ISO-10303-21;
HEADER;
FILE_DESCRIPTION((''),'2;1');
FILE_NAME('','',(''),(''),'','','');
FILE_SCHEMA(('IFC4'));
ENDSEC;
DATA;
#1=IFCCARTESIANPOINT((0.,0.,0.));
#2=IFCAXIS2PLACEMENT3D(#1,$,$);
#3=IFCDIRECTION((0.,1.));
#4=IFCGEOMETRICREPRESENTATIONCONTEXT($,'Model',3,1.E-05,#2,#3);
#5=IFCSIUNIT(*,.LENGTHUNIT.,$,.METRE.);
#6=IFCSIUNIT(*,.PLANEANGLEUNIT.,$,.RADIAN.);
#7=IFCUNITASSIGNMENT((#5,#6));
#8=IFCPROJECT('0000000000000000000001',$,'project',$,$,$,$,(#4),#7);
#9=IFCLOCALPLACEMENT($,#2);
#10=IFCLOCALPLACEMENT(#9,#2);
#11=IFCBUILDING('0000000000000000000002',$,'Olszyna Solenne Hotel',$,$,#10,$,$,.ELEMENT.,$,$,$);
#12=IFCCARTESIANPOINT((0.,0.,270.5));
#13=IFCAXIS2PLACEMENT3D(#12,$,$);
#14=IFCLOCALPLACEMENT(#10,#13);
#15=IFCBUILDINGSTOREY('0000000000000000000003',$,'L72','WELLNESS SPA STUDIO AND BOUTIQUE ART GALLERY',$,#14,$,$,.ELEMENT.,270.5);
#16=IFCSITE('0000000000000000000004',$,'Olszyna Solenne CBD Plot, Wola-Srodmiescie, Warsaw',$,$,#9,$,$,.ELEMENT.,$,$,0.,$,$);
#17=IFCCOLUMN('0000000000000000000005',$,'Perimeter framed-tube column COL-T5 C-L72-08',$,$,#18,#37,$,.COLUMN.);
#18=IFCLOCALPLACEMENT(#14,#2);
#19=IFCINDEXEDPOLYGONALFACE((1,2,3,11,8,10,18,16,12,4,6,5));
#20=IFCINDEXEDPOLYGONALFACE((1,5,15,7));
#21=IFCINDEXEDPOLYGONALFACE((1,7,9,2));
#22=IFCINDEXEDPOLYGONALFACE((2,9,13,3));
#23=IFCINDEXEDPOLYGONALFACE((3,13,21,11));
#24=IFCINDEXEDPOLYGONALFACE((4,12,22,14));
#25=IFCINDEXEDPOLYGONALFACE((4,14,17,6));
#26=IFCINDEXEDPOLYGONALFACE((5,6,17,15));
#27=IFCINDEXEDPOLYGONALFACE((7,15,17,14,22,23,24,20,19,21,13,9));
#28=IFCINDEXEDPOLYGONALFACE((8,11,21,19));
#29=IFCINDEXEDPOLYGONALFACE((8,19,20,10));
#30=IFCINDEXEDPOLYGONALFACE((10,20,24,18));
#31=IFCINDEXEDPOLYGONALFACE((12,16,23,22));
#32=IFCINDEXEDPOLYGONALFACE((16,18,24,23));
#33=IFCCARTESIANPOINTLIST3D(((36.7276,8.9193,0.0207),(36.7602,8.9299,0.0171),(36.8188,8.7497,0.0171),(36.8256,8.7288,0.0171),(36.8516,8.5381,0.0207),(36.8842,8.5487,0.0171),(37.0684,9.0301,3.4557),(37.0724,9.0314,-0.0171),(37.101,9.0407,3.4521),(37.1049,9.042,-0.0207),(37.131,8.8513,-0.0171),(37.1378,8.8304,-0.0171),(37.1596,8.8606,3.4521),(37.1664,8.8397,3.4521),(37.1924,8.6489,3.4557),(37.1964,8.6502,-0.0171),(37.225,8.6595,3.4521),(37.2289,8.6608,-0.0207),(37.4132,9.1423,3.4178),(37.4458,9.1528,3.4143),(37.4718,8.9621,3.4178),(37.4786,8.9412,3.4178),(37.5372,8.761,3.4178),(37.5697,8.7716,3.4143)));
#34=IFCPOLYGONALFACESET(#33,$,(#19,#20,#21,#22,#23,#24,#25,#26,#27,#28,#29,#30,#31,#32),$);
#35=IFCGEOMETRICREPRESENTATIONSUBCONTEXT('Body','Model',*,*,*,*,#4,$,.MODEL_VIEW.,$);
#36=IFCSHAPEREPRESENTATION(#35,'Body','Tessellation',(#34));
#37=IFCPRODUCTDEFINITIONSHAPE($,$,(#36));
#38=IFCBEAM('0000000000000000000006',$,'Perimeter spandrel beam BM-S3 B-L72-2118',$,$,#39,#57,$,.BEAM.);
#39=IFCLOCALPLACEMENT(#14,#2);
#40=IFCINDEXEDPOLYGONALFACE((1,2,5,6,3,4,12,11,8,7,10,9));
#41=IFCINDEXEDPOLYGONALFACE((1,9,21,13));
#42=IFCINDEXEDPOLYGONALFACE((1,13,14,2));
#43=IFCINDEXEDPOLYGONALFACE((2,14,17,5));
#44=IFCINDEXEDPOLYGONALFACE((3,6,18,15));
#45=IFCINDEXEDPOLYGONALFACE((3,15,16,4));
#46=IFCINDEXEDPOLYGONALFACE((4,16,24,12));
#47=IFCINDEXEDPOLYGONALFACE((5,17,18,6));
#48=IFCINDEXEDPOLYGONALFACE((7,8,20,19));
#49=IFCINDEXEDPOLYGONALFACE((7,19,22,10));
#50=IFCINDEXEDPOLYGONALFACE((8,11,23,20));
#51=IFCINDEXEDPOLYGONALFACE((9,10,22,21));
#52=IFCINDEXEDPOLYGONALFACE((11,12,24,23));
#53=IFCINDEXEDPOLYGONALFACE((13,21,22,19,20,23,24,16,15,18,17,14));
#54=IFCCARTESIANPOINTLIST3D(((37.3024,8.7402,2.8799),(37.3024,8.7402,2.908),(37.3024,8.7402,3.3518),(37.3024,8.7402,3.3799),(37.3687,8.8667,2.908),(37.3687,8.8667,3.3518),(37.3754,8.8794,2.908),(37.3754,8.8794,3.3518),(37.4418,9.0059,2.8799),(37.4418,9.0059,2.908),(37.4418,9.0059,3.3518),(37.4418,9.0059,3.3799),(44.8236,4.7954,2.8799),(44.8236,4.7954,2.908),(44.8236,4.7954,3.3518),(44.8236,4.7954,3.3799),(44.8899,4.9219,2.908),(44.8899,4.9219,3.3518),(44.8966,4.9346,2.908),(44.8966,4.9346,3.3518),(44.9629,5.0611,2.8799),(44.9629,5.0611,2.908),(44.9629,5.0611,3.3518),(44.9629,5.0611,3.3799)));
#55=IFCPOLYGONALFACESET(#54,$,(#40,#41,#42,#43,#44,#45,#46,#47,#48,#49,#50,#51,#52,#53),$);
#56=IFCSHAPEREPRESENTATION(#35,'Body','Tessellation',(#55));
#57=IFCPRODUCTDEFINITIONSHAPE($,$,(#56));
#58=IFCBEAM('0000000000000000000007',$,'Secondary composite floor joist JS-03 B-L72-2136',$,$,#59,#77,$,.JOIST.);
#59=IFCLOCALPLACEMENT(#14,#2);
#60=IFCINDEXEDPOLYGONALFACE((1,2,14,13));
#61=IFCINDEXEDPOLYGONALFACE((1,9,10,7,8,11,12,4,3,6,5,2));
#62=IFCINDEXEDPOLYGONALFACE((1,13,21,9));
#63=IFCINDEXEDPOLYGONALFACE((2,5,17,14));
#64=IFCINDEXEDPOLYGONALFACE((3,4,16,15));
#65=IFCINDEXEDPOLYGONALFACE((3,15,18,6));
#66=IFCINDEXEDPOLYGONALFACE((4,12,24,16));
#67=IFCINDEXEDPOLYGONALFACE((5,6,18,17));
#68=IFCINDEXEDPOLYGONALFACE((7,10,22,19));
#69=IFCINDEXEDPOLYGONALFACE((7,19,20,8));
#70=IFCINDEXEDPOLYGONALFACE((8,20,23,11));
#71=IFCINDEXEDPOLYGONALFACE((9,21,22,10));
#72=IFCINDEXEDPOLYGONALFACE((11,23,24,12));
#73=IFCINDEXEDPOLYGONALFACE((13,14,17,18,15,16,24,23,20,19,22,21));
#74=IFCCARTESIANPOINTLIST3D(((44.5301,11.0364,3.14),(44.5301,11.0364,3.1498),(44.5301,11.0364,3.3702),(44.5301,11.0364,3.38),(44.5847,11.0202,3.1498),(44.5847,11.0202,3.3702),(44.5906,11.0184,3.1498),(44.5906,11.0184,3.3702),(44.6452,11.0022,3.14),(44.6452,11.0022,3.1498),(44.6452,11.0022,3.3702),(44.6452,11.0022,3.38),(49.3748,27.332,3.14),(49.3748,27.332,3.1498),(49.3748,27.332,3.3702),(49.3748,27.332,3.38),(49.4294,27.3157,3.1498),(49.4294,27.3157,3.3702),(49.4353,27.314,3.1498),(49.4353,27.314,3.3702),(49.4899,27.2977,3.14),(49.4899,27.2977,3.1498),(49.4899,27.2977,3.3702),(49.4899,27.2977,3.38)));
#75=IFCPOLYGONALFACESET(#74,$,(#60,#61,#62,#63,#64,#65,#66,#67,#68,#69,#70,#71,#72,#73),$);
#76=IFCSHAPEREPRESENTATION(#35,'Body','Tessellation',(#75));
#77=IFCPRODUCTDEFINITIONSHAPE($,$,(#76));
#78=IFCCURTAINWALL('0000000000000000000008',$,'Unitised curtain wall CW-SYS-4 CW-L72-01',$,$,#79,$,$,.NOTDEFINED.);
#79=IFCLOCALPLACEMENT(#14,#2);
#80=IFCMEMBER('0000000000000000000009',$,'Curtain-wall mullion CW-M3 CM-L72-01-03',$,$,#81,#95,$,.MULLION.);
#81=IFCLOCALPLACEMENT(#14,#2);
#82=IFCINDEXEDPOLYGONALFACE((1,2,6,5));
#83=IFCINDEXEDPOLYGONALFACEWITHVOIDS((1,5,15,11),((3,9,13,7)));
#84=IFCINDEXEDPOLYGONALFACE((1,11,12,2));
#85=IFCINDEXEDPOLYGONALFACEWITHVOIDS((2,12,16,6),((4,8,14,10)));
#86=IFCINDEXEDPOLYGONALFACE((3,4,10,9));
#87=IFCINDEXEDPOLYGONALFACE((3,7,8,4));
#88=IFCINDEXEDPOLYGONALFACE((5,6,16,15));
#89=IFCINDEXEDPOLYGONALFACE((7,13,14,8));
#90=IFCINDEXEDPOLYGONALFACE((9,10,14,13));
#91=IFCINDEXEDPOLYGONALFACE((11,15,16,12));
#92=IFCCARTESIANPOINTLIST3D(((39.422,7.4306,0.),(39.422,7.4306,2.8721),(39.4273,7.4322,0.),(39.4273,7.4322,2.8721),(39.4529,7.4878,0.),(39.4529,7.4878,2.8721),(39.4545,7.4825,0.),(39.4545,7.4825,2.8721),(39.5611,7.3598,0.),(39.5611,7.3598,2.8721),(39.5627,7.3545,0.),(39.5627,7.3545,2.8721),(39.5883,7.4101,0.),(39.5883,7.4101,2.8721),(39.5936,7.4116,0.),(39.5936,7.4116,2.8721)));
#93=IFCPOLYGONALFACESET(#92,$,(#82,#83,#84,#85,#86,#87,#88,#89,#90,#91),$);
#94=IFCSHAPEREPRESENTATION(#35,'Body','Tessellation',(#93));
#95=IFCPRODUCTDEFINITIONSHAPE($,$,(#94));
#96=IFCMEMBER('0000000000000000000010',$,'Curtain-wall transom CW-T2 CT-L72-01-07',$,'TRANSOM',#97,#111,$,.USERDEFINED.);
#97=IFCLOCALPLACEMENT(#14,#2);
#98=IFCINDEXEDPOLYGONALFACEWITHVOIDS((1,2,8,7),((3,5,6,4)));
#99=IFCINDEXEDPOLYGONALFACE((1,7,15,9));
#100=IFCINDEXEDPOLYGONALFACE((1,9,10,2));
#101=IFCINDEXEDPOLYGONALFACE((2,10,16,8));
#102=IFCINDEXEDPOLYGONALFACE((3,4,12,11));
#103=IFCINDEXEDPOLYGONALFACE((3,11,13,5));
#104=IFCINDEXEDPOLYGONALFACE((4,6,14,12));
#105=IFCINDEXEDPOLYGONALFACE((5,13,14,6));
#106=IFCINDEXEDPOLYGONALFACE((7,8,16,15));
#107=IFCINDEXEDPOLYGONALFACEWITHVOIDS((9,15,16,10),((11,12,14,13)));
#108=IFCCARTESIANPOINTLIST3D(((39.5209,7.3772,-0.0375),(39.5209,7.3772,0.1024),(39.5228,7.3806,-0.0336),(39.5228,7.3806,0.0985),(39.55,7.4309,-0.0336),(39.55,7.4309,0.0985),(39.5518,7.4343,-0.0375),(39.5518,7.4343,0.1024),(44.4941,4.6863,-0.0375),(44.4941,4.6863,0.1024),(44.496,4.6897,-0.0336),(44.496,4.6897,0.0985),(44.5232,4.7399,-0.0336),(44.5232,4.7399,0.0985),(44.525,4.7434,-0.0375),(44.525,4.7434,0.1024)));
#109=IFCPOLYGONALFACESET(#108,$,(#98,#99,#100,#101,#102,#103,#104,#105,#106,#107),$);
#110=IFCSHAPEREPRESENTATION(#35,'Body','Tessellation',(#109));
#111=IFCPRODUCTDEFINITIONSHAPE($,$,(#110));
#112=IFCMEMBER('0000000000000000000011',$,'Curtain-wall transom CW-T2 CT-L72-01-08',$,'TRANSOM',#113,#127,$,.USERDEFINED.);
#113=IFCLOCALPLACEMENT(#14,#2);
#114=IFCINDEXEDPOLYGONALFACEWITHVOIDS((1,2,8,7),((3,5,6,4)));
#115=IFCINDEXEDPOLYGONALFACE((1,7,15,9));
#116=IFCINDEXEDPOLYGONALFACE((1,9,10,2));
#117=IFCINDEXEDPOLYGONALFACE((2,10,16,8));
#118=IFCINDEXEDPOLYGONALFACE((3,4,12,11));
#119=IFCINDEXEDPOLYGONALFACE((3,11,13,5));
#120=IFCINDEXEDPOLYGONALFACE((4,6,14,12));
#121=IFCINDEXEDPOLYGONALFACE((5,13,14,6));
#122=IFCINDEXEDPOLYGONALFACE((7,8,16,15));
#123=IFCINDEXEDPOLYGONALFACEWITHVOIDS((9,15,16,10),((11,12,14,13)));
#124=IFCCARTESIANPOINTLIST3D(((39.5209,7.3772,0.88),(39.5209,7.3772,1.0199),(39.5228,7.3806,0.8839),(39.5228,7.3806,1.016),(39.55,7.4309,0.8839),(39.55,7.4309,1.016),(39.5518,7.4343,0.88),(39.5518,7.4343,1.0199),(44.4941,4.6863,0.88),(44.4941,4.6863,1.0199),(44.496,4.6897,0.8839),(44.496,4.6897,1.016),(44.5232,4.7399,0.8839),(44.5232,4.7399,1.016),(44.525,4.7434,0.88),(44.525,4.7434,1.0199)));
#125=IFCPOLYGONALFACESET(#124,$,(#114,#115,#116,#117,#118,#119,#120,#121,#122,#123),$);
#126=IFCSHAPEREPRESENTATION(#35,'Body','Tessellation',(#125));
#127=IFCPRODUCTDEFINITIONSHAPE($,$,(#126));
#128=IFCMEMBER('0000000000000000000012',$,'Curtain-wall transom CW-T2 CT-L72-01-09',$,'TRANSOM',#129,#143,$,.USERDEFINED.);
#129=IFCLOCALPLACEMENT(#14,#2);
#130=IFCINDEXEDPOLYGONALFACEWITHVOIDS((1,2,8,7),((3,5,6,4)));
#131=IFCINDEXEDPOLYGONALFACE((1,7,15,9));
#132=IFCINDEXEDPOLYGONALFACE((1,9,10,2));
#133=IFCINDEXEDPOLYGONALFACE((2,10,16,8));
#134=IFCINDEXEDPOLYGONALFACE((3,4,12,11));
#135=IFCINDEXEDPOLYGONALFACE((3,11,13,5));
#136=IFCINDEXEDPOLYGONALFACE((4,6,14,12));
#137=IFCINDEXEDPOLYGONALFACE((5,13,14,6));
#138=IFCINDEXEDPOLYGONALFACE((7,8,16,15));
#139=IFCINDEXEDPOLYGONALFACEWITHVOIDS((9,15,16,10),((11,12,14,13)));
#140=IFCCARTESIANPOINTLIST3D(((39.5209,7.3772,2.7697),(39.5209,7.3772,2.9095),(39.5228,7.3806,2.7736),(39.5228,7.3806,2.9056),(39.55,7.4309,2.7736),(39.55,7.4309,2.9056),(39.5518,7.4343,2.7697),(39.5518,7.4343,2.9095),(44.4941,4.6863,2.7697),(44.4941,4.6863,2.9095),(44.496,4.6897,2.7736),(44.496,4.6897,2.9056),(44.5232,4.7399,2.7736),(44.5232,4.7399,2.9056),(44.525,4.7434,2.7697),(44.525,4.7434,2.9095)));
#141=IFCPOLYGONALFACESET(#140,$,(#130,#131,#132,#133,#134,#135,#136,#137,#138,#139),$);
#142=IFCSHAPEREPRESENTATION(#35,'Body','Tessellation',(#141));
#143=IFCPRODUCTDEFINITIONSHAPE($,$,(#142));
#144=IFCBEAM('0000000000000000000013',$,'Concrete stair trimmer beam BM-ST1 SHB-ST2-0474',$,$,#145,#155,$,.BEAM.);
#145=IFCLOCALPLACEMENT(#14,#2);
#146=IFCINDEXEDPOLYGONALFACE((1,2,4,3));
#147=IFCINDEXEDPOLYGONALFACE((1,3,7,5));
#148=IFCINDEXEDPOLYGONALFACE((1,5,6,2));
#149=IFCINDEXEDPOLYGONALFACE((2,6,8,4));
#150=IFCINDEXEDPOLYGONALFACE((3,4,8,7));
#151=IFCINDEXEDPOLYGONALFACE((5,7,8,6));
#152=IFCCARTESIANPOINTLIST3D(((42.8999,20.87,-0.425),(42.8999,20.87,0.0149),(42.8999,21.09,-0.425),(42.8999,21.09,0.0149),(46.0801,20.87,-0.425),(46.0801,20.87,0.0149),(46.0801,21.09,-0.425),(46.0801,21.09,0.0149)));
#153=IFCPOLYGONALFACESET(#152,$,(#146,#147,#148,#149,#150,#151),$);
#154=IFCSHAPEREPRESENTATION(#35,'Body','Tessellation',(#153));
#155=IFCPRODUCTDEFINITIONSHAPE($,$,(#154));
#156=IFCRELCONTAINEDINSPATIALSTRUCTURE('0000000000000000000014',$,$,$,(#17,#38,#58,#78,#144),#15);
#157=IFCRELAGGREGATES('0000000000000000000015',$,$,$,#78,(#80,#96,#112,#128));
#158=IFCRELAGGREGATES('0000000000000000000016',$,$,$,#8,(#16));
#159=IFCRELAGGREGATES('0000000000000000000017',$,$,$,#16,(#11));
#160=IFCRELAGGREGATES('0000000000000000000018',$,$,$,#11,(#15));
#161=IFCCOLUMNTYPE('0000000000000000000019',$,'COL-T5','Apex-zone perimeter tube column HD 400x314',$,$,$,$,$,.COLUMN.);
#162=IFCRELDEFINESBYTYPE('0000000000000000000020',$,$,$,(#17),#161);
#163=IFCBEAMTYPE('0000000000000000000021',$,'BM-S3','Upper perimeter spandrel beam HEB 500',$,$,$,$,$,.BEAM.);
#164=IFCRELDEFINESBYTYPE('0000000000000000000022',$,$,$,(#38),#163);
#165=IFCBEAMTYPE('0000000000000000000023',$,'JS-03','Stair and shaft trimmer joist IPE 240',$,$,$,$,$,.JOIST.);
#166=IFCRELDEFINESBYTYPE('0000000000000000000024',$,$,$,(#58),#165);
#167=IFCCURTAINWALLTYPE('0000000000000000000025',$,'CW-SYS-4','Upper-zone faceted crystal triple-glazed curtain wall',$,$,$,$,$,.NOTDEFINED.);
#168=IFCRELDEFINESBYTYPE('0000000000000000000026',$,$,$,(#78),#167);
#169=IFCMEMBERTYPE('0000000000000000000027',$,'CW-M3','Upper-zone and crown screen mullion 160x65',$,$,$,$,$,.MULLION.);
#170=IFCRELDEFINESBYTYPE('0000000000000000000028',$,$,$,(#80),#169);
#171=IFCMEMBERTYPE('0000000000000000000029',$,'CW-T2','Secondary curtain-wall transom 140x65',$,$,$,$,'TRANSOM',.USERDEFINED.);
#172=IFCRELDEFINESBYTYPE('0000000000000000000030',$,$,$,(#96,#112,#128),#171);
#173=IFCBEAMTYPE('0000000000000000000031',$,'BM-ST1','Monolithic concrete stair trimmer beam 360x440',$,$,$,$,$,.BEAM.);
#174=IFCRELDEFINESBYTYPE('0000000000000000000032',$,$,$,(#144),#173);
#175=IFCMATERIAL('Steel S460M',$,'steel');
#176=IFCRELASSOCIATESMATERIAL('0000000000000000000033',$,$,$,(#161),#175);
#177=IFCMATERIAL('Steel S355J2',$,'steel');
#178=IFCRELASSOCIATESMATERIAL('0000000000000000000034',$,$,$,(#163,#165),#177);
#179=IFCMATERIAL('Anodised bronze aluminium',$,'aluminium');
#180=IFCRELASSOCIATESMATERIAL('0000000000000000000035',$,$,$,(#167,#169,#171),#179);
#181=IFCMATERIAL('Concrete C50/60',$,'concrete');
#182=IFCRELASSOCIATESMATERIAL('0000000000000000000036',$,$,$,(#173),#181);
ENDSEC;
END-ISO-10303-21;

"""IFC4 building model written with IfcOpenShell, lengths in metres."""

from ifc_helpers import new_model, si_unit, direction, frame, origin, origin_2d, place, context, subcontext, project, spatial, rectangle, hollow_rectangle, i_section, extrude, source, transform, mapped, material, material_profile, profile_set, type_object, element, aggregate, save


model = new_model("IFC4")

# Units and contexts
model_context = context("Model", 3, precision=1e-05, world=origin(), true_north=direction((0.0, 1.0)))
body_context = subcontext(model_context, "Body", "Model", "MODEL_VIEW")
ifc_project = project(units=[si_unit("LENGTHUNIT", "METRE"), si_unit("PLANEANGLEUNIT", "RADIAN")], contexts=[model_context])

# Site, building, storey
site_placement = place(None, origin())
site = spatial("IfcSite", under=ifc_project, at=site_placement, Name="Olszyna Solenne CBD Plot, Wola-Srodmiescie, Warsaw", CompositionType="ELEMENT", RefElevation=0.0)
building_placement = place(site_placement, origin())
building = spatial("IfcBuilding", under=site, at=building_placement, Name="Olszyna Solenne Hotel", CompositionType="ELEMENT")
storey_placement = place(building_placement, frame((0.0, 0.0, 270.5)))
storey = spatial("IfcBuildingStorey", under=building, at=storey_placement, Name="L72", Description="WELLNESS SPA STUDIO AND BOUTIQUE ART GALLERY", CompositionType="ELEMENT", Elevation=270.5)

# Column
ifc_material_1 = material(Name="Steel S460M", Category="steel")
ifc_material_profile_1 = material_profile(ifc_material_1, i_section(OverallWidth=0.4009, OverallDepth=0.3989, WebThickness=0.022, FlangeThickness=0.0344, at=origin_2d()), Name="HD 400x314", Category="load-bearing")
ifc_profile_set_1 = profile_set([ifc_material_profile_1], Name="Steel S460M")
column_type = type_object("IfcColumnType", Name="COL-T5", Description="Apex-zone perimeter tube column HD 400x314", PredefinedType="COLUMN", material=ifc_profile_set_1)
shared_shape_1 = source(origin(), body_context, "Body", "SweptSolid", [
    extrude(i_section(OverallWidth=0.4009, OverallDepth=0.3989, WebThickness=0.022, FlangeThickness=0.0344, at=origin_2d()), origin(), (0.0, 0.0, 1.0), 3.4536),
])
column_placement = place(storey_placement, frame((36.9783, 8.79, 0.0), z_axis=(0.098683, 0.032093, 0.994601), x_axis=(-0.309271, 0.950974, 0.0)))
element("IfcColumn", 1, at=column_placement, inside=storey, type_object=column_type, Name="Perimeter framed-tube column COL-T5 C-L72-08", PredefinedType="COLUMN", context=body_context, shape_type="MappedRepresentation", body=[
    mapped(shared_shape_1, transform((0.0, 0.0, 0.0), x_axis=(1.0, 0.0, 0.0), y_axis=(0.0, 1.0, 0.0), z_axis=(0.0, 0.0, 1.0), scale=1.0)),
])

# Beams
ifc_material_2 = material(Name="Steel S355J2", Category="steel")
ifc_material_profile_2 = material_profile(ifc_material_2, i_section(OverallWidth=0.3, OverallDepth=0.5, WebThickness=0.0144, FlangeThickness=0.0281, at=origin_2d()), Name="HEB 500", Category="load-bearing")
ifc_profile_set_2 = profile_set([ifc_material_profile_2], Name="Steel S355J2")
beam_type_1 = type_object("IfcBeamType", Name="BM-S3", Description="Upper perimeter spandrel beam HEB 500", PredefinedType="BEAM", material=ifc_profile_set_2)
shared_shape_2 = source(origin(), body_context, "Body", "SweptSolid", [
    extrude(i_section(OverallWidth=0.3, OverallDepth=0.5, WebThickness=0.0144, FlangeThickness=0.0281, at=origin_2d()), origin(), (0.0, 0.0, 1.0), 8.4929),
])
beam_1_placement = place(storey_placement, frame((37.3721, 8.873, 3.1299), z_axis=(0.885583, -0.464481, 0.0), x_axis=(0.464481, 0.885583, 0.0)))
element("IfcBeam", 2, at=beam_1_placement, inside=storey, type_object=beam_type_1, Name="Perimeter spandrel beam BM-S3 B-L72-2118", PredefinedType="BEAM", context=body_context, shape_type="MappedRepresentation", body=[
    mapped(shared_shape_2, transform((0.0, 0.0, 0.0), x_axis=(1.0, 0.0, 0.0), y_axis=(0.0, 1.0, 0.0), z_axis=(0.0, 0.0, 1.0), scale=1.0)),
])
ifc_material_profile_3 = material_profile(ifc_material_2, i_section(OverallWidth=0.1201, OverallDepth=0.24, WebThickness=0.0061, FlangeThickness=0.0098, at=origin_2d()), Name="IPE 240", Category="load-bearing")
ifc_profile_set_3 = profile_set([ifc_material_profile_3], Name="Steel S355J2")
beam_type_2 = type_object("IfcBeamType", Name="JS-03", Description="Stair and shaft trimmer joist IPE 240", PredefinedType="JOIST", material=ifc_profile_set_3)
shared_shape_3 = source(origin(), body_context, "Body", "SweptSolid", [
    extrude(i_section(OverallWidth=0.1201, OverallDepth=0.24, WebThickness=0.0061, FlangeThickness=0.0098, at=origin_2d()), origin(), (0.0, 0.0, 1.0), 17.0005),
])
beam_2_placement = place(storey_placement, frame((44.5876, 11.0193, 3.26), z_axis=(0.284974, 0.958535, 0.0), x_axis=(-0.958535, 0.284974, 0.0)))
element("IfcBeam", 3, at=beam_2_placement, inside=storey, type_object=beam_type_2, Name="Secondary composite floor joist JS-03 B-L72-2136", PredefinedType="JOIST", context=body_context, shape_type="MappedRepresentation", body=[
    mapped(shared_shape_3, transform((0.0, 0.0, 0.0), x_axis=(1.0, 0.0, 0.0), y_axis=(0.0, 1.0, 0.0), z_axis=(0.0, 0.0, 1.0), scale=1.0)),
])

# Curtain wall, members
ifc_material_3 = material(Name="Anodised bronze aluminium", Category="aluminium")
curtain_wall_type = type_object("IfcCurtainWallType", Name="CW-SYS-4", Description="Upper-zone faceted crystal triple-glazed curtain wall", PredefinedType="NOTDEFINED", material=ifc_material_3)
curtain_wall_placement = place(storey_placement, origin())
curtain_wall = element("IfcCurtainWall", 4, at=curtain_wall_placement, inside=storey, type_object=curtain_wall_type, Name="Unitised curtain wall CW-SYS-4 CW-L72-01", PredefinedType="NOTDEFINED")
ifc_material_profile_4 = material_profile(ifc_material_3, hollow_rectangle(XDim=0.0649, YDim=0.1599, WallThickness=0.0039, at=origin_2d()), Name="MULL 160x65x4", Category="load-bearing")
ifc_profile_set_4 = profile_set([ifc_material_profile_4], Name="Anodised bronze aluminium")
member_type_1 = type_object("IfcMemberType", Name="CW-M3", Description="Upper-zone and crown screen mullion 160x65", PredefinedType="MULLION", material=ifc_profile_set_4)
shared_shape_4 = source(origin(), body_context, "Body", "SweptSolid", [
    extrude(hollow_rectangle(XDim=0.0649, YDim=0.1599, WallThickness=0.0039, at=origin_2d()), origin(), (0.0, 0.0, 1.0), 2.8721),
])
member_1_placement = place(storey_placement, frame((39.5078, 7.4211, 0.0), z_axis=(0.0, 0.0, 1.0), x_axis=(0.475904, 0.879497, 0.0)))
member_1 = element("IfcMember", 5, at=member_1_placement, type_object=member_type_1, Name="Curtain-wall mullion CW-M3 CM-L72-01-03", PredefinedType="MULLION", context=body_context, shape_type="MappedRepresentation", body=[
    mapped(shared_shape_4, transform((0.0, 0.0, 0.0), x_axis=(1.0, 0.0, 0.0), y_axis=(0.0, 1.0, 0.0), z_axis=(0.0, 0.0, 1.0), scale=1.0)),
])
ifc_material_profile_5 = material_profile(ifc_material_3, hollow_rectangle(XDim=0.0649, YDim=0.1399, WallThickness=0.0039, at=origin_2d()), Name="TRAN 140x65x4", Category="load-bearing")
ifc_profile_set_5 = profile_set([ifc_material_profile_5], Name="Anodised bronze aluminium")
member_type_2 = type_object("IfcMemberType", Name="CW-T2", Description="Secondary curtain-wall transom 140x65", ElementType="TRANSOM", PredefinedType="USERDEFINED", material=ifc_profile_set_5)
shared_shape_5 = source(origin(), body_context, "Body", "SweptSolid", [
    extrude(hollow_rectangle(XDim=0.0649, YDim=0.1399, WallThickness=0.0039, at=origin_2d()), origin(), (0.0, 0.0, 1.0), 5.6545),
])
member_2_placement = place(storey_placement, frame((39.5364, 7.4058, 0.0325), z_axis=(0.879504, -0.475891, 0.0), x_axis=(0.475891, 0.879504, 0.0)))
member_2 = element("IfcMember", 6, at=member_2_placement, type_object=member_type_2, Name="Curtain-wall transom CW-T2 CT-L72-01-07", ObjectType="TRANSOM", PredefinedType="USERDEFINED", context=body_context, shape_type="MappedRepresentation", body=[
    mapped(shared_shape_5, transform((0.0, 0.0, 0.0), x_axis=(1.0, 0.0, 0.0), y_axis=(0.0, 1.0, 0.0), z_axis=(0.0, 0.0, 1.0), scale=1.0)),
])
member_3_placement = place(storey_placement, frame((39.5364, 7.4058, 0.95), z_axis=(0.879504, -0.475891, 0.0), x_axis=(0.475891, 0.879504, 0.0)))
member_3 = element("IfcMember", 7, at=member_3_placement, type_object=member_type_2, Name="Curtain-wall transom CW-T2 CT-L72-01-08", ObjectType="TRANSOM", PredefinedType="USERDEFINED", context=body_context, shape_type="MappedRepresentation", body=[
    mapped(shared_shape_5, transform((0.0, 0.0, 0.0), x_axis=(1.0, 0.0, 0.0), y_axis=(0.0, 1.0, 0.0), z_axis=(0.0, 0.0, 1.0), scale=1.0)),
])
member_4_placement = place(storey_placement, frame((39.5364, 7.4058, 2.8396), z_axis=(0.879504, -0.475891, 0.0), x_axis=(0.475891, 0.879504, 0.0)))
member_4 = element("IfcMember", 8, at=member_4_placement, type_object=member_type_2, Name="Curtain-wall transom CW-T2 CT-L72-01-09", ObjectType="TRANSOM", PredefinedType="USERDEFINED", context=body_context, shape_type="MappedRepresentation", body=[
    mapped(shared_shape_5, transform((0.0, 0.0, 0.0), x_axis=(1.0, 0.0, 0.0), y_axis=(0.0, 1.0, 0.0), z_axis=(0.0, 0.0, 1.0), scale=1.0)),
])

# Beam
ifc_material_4 = material(Name="Concrete C50/60", Category="concrete")
ifc_material_profile_6 = material_profile(ifc_material_4, rectangle(XDim=0.22, YDim=0.4399, at=origin_2d()), Name="RC 220x440", Category="load-bearing")
ifc_profile_set_6 = profile_set([ifc_material_profile_6], Name="Concrete C50/60")
beam_type_3 = type_object("IfcBeamType", Name="BM-ST1", Description="Monolithic concrete stair trimmer beam 360x440", PredefinedType="BEAM", material=ifc_profile_set_6)
shared_shape_6 = source(origin(), body_context, "Body", "SweptSolid", [
    extrude(rectangle(XDim=0.22, YDim=0.4399, at=origin_2d()), origin(), (0.0, 0.0, 1.0), 3.1802),
])
beam_3_placement = place(storey_placement, frame((46.0801, 20.98, -0.2051), z_axis=(-1.0, 0.0, 0.0), x_axis=(0.0, -1.0, 0.0)))
element("IfcBeam", 9, at=beam_3_placement, inside=storey, type_object=beam_type_3, Name="Concrete stair trimmer beam BM-ST1 SHB-ST2-0474", PredefinedType="BEAM", context=body_context, shape_type="MappedRepresentation", body=[
    mapped(shared_shape_6, transform((0.0, 0.0, 0.0), x_axis=(1.0, 0.0, 0.0), y_axis=(0.0, 1.0, 0.0), z_axis=(0.0, 0.0, 1.0), scale=1.0)),
])

aggregate(curtain_wall, [member_1, member_2, member_3, member_4])

save(model, "model.ifc")
